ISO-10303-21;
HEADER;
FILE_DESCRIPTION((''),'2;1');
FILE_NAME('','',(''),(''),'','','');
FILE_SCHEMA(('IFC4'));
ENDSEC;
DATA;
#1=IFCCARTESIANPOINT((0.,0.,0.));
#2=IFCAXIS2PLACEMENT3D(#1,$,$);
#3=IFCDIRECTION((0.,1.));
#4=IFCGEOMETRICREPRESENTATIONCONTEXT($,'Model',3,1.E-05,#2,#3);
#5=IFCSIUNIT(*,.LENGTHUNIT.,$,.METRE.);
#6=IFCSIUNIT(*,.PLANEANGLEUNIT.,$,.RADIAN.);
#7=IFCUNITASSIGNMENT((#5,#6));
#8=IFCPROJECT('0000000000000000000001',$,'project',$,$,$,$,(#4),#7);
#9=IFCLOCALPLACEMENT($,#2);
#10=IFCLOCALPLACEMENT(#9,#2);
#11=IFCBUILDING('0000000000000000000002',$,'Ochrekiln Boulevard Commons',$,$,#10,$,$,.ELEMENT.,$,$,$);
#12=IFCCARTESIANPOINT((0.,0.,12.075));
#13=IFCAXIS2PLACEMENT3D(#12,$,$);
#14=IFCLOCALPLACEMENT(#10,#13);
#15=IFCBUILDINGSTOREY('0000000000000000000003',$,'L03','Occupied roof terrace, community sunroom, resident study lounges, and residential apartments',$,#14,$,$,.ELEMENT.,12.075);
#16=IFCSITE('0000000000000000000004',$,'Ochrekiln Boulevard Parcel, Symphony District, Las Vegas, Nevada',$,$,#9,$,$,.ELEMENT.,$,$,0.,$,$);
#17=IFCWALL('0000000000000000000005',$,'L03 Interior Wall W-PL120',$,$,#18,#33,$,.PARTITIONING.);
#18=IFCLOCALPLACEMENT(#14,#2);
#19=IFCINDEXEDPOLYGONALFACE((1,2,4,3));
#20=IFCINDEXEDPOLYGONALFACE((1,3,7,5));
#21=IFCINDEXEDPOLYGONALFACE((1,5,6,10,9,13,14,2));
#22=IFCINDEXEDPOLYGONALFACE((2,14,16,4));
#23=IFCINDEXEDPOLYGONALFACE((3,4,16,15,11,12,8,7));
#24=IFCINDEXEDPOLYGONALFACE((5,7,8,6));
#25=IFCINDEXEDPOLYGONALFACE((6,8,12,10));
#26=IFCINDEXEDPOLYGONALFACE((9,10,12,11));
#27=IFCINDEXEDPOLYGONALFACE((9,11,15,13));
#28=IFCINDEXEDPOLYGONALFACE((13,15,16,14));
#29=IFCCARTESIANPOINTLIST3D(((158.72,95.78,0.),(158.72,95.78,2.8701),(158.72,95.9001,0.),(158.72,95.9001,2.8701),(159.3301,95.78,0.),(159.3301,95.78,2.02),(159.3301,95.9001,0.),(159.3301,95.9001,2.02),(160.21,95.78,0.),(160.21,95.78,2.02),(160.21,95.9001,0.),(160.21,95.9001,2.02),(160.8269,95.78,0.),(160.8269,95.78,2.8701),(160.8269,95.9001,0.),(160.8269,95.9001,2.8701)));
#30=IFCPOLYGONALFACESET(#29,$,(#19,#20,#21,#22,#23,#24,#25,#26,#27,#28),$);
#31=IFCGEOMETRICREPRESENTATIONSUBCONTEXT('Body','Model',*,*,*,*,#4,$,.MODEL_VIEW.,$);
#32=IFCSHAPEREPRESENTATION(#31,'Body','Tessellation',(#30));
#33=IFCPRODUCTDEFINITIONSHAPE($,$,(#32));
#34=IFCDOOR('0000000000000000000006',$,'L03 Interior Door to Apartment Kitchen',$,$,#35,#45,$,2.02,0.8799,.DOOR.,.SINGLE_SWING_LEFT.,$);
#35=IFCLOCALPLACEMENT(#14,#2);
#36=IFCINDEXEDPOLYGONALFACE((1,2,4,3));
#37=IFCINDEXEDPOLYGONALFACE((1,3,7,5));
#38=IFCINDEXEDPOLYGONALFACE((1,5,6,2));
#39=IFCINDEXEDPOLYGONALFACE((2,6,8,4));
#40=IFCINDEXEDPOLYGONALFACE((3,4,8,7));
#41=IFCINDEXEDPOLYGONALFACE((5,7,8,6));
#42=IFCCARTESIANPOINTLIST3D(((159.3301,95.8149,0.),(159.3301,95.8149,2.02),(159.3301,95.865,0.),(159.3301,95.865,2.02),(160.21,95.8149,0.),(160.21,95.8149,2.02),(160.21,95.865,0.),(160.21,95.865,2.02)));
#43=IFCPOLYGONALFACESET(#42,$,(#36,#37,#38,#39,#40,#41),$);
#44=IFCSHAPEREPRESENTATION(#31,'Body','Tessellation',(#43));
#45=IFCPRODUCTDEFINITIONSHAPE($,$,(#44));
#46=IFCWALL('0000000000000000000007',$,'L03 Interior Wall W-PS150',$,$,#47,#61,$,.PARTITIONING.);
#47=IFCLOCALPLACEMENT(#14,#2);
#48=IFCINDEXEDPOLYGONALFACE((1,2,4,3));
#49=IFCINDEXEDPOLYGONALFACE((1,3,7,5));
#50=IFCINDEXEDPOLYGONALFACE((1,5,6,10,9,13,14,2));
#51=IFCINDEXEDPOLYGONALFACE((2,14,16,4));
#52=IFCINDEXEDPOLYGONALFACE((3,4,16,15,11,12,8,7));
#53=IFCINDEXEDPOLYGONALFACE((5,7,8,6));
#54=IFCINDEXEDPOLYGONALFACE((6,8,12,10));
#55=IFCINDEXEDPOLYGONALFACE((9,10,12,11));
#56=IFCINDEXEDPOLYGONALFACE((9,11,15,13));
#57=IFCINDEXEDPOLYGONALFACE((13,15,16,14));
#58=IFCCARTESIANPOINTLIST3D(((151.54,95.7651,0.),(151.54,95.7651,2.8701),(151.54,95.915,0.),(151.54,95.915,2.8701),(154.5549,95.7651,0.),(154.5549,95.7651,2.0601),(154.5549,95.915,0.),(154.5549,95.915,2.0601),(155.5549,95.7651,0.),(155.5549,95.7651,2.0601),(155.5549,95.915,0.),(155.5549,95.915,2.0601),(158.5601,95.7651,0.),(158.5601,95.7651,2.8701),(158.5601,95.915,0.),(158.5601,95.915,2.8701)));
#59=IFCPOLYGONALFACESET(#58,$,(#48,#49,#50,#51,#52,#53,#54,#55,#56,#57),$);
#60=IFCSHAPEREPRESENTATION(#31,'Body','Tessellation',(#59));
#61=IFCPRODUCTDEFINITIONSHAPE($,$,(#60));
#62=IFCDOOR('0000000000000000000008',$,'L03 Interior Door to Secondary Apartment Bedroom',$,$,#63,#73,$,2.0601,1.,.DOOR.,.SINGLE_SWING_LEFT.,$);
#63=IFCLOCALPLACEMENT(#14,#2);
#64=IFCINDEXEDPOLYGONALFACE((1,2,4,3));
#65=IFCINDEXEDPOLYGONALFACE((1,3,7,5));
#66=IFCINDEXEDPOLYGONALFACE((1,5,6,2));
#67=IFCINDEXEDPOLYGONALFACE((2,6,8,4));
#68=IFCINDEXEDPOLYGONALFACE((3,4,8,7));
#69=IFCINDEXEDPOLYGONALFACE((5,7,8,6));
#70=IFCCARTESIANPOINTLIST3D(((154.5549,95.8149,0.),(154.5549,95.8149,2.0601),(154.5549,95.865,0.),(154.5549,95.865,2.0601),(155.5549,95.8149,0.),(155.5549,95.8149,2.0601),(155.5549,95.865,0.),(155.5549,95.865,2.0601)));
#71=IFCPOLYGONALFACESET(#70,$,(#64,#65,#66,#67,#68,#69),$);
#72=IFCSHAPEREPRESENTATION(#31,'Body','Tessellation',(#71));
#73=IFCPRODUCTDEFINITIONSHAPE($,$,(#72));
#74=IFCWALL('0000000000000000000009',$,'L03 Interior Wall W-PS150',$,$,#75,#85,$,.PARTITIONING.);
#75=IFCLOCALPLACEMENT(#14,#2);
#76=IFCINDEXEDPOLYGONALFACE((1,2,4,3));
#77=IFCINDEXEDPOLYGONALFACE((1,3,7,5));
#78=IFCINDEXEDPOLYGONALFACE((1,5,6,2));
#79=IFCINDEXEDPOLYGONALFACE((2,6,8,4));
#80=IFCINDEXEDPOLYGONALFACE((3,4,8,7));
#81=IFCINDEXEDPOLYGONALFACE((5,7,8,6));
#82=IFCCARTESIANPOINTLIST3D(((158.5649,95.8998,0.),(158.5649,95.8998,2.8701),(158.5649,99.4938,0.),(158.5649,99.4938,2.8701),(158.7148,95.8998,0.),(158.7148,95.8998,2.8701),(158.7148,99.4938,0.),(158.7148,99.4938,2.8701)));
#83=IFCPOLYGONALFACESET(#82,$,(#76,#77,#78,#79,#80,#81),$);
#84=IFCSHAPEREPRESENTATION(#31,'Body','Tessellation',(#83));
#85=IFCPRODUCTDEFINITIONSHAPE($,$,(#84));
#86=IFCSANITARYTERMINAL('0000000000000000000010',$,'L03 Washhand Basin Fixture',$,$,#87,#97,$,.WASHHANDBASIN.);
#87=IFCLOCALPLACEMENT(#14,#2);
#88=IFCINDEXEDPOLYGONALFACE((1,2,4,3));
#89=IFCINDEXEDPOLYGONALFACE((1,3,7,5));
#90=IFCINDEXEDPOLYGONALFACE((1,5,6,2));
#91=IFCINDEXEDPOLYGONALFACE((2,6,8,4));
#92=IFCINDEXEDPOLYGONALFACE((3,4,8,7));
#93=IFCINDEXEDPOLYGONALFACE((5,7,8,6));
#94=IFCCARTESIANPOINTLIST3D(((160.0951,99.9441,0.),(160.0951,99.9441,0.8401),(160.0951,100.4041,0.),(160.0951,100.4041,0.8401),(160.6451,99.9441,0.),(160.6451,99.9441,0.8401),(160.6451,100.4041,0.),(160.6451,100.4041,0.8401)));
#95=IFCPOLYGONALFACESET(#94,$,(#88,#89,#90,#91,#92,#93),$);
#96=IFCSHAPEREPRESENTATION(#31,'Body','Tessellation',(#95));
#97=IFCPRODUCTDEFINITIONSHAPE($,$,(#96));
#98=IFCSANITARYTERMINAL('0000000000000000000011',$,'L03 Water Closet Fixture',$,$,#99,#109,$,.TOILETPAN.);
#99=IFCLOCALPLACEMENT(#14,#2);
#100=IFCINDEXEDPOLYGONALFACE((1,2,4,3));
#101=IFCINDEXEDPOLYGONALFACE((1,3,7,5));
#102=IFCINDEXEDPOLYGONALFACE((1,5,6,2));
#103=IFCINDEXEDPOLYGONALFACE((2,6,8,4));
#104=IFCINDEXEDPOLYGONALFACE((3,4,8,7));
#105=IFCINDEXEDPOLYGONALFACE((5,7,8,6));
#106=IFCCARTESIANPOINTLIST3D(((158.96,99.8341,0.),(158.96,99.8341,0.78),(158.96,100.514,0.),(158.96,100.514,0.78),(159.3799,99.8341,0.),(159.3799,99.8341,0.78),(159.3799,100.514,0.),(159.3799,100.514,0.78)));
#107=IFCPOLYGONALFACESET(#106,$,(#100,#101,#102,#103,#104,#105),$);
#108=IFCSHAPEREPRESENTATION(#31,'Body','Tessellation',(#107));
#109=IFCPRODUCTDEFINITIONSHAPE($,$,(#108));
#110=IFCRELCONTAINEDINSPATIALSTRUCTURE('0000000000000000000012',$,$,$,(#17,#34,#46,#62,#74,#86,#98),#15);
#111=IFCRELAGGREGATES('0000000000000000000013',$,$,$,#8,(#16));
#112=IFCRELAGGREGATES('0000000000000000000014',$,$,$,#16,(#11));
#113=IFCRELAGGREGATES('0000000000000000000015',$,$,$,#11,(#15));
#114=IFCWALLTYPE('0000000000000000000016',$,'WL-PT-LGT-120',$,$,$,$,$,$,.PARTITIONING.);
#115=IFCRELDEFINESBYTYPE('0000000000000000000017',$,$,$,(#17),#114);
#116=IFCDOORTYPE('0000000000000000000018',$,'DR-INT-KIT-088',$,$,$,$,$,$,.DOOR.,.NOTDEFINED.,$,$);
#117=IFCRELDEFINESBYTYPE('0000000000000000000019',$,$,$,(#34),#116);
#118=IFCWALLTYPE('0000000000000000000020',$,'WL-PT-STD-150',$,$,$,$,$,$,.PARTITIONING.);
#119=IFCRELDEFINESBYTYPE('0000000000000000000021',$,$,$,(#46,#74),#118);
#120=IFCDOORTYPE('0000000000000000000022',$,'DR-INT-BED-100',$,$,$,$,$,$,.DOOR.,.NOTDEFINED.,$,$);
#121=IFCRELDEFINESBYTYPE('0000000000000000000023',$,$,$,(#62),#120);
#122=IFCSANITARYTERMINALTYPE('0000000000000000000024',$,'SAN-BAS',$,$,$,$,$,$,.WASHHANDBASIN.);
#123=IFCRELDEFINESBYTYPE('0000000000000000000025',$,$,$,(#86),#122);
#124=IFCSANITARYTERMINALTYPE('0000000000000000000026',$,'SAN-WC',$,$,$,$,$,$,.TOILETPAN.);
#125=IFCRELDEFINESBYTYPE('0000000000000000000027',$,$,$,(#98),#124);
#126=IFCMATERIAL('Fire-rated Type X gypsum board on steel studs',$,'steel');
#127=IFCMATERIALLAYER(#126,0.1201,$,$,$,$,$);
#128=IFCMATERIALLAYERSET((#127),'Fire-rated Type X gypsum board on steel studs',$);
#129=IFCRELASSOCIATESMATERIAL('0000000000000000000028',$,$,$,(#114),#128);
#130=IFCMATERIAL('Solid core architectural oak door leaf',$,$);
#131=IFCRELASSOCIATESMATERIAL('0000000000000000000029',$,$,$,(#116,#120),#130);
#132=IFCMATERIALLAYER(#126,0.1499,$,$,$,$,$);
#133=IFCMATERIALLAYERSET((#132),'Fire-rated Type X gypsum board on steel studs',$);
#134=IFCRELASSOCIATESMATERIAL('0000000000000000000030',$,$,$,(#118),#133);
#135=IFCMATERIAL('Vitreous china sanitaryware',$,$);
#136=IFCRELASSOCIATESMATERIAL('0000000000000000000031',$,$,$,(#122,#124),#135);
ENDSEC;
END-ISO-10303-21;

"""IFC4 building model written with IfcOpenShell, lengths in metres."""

from ifc_helpers import new_model, si_unit, direction, frame, frame_2d, origin, origin_2d, place, context, subcontext, project, spatial, rectangle, extrude, material, layer, layer_set, type_object, element, fill, save


model = new_model("IFC4")

# Units and contexts
model_context = context("Model", 3, precision=1e-05, world=origin(), true_north=direction((0.0, 1.0)))
body_context = subcontext(model_context, "Body", "Model", "MODEL_VIEW")
ifc_project = project(units=[si_unit("LENGTHUNIT", "METRE"), si_unit("PLANEANGLEUNIT", "RADIAN")], contexts=[model_context])

# Site, building, storey
site_placement = place(None, origin())
site = spatial("IfcSite", under=ifc_project, at=site_placement, Name="Ochrekiln Boulevard Parcel, Symphony District, Las Vegas, Nevada", CompositionType="ELEMENT", RefElevation=0.0)
building_placement = place(site_placement, origin())
building = spatial("IfcBuilding", under=site, at=building_placement, Name="Ochrekiln Boulevard Commons", CompositionType="ELEMENT")
storey_placement = place(building_placement, frame((0.0, 0.0, 12.075)))
storey = spatial("IfcBuildingStorey", under=building, at=storey_placement, Name="L03", Description="Occupied roof terrace, community sunroom, resident study lounges, and residential apartments", CompositionType="ELEMENT", Elevation=12.075)

# Shared definitions
ifc_material_1 = material(Name="Fire-rated Type X gypsum board on steel studs", Category="steel")

# Walls, openings, doors
ifc_layer_1 = layer(ifc_material_1, 0.1201)
ifc_layer_set_1 = layer_set([ifc_layer_1], Name="Fire-rated Type X gypsum board on steel studs")
wall_type_1 = type_object("IfcWallType", Name="WL-PT-LGT-120", PredefinedType="PARTITIONING", material=ifc_layer_set_1)
wall_1_placement = place(storey_placement, frame((158.72, 95.8401, 0.0), z_axis=(0.0, 0.0, 1.0), x_axis=(1.0, 0.0, 0.0)))
wall_1 = element("IfcWall", 1, at=wall_1_placement, inside=storey, type_object=wall_type_1, Name="L03 Interior Wall W-PL120", PredefinedType="PARTITIONING", context=body_context, shape_type="SweptSolid", body=[
    extrude(rectangle(XDim=2.1069, YDim=0.1201, at=frame_2d((1.0535, 0.0))), origin(), (0.0, 0.0, 1.0), 2.8701),
])
opening_1_placement = place(wall_1_placement, frame((0.6101, 0.0, 0.0)))
opening_1 = element("IfcOpeningElement", 2, at=opening_1_placement, cuts=wall_1, PredefinedType="OPENING", context=body_context, shape_type="SweptSolid", body=[
    extrude(rectangle(XDim=0.8799, YDim=2.02, at=frame_2d((0.4399, 1.01))), frame((0.0, 0.0701, 0.0), z_axis=(0.0, -1.0, 0.0), x_axis=(1.0, 0.0, 0.0)), (0.0, 0.0, 1.0), 0.1401),
])
ifc_material_2 = material(Name="Solid core architectural oak door leaf")
door_type_1 = type_object("IfcDoorType", Name="DR-INT-KIT-088", OperationType="NOTDEFINED", PredefinedType="DOOR", material=ifc_material_2)
door_1_placement = place(opening_1_placement, origin())
door_1 = element("IfcDoor", 3, at=door_1_placement, inside=storey, type_object=door_type_1, Name="L03 Interior Door to Apartment Kitchen", OperationType="SINGLE_SWING_LEFT", OverallHeight=2.02, OverallWidth=0.8799, PredefinedType="DOOR", context=body_context, shape_type="SweptSolid", body=[
    extrude(rectangle(XDim=0.8799, YDim=2.02, at=frame_2d((0.4399, 1.01))), frame((0.0, 0.0249, 0.0), z_axis=(0.0, -1.0, 0.0), x_axis=(1.0, 0.0, 0.0)), (0.0, 0.0, 1.0), 0.05),
])
fill(opening_1, door_1)
ifc_layer_2 = layer(ifc_material_1, 0.1499)
ifc_layer_set_2 = layer_set([ifc_layer_2], Name="Fire-rated Type X gypsum board on steel studs")
wall_type_2 = type_object("IfcWallType", Name="WL-PT-STD-150", PredefinedType="PARTITIONING", material=ifc_layer_set_2)
wall_2_placement = place(storey_placement, frame((151.54, 95.8401, 0.0), z_axis=(0.0, 0.0, 1.0), x_axis=(1.0, 0.0, 0.0)))
wall_2 = element("IfcWall", 4, at=wall_2_placement, inside=storey, type_object=wall_type_2, Name="L03 Interior Wall W-PS150", PredefinedType="PARTITIONING", context=body_context, shape_type="SweptSolid", body=[
    extrude(rectangle(XDim=7.02, YDim=0.1499, at=frame_2d((3.51, 0.0))), origin(), (0.0, 0.0, 1.0), 2.8701),
])
opening_2_placement = place(wall_2_placement, frame((3.0149, 0.0, 0.0)))
opening_2 = element("IfcOpeningElement", 5, at=opening_2_placement, cuts=wall_2, PredefinedType="OPENING", context=body_context, shape_type="SweptSolid", body=[
    extrude(rectangle(XDim=1.0, YDim=2.0601, at=frame_2d((0.5, 1.03))), frame((0.0, 0.085, 0.0), z_axis=(0.0, -1.0, 0.0), x_axis=(1.0, 0.0, 0.0)), (0.0, 0.0, 1.0), 0.1699),
])
door_type_2 = type_object("IfcDoorType", Name="DR-INT-BED-100", OperationType="NOTDEFINED", PredefinedType="DOOR", material=ifc_material_2)
door_2_placement = place(opening_2_placement, origin())
door_2 = element("IfcDoor", 6, at=door_2_placement, inside=storey, type_object=door_type_2, Name="L03 Interior Door to Secondary Apartment Bedroom", OperationType="SINGLE_SWING_LEFT", OverallHeight=2.0601, OverallWidth=1.0, PredefinedType="DOOR", context=body_context, shape_type="SweptSolid", body=[
    extrude(rectangle(XDim=1.0, YDim=2.0601, at=frame_2d((0.5, 1.03))), frame((0.0, 0.0249, 0.0), z_axis=(0.0, -1.0, 0.0), x_axis=(1.0, 0.0, 0.0)), (0.0, 0.0, 1.0), 0.05),
])
fill(opening_2, door_2)

# Wall
wall_3_placement = place(storey_placement, frame((158.6399, 95.8999, 0.0), z_axis=(0.0, 0.0, 1.0), x_axis=(0.0, 1.0, 0.0)))
element("IfcWall", 7, at=wall_3_placement, inside=storey, type_object=wall_type_2, Name="L03 Interior Wall W-PS150", PredefinedType="PARTITIONING", context=body_context, shape_type="SweptSolid", body=[
    extrude(rectangle(XDim=3.594, YDim=0.1499, at=frame_2d((1.7969, 0.0))), origin(), (0.0, 0.0, 1.0), 2.8701),
])

# Sanitary terminals
ifc_material_3 = material(Name="Vitreous china sanitaryware")
sanitary_terminal_type_1 = type_object("IfcSanitaryTerminalType", Name="SAN-BAS", PredefinedType="WASHHANDBASIN", material=ifc_material_3)
sanitary_terminal_1_placement = place(storey_placement, frame((160.3701, 100.1741, 0.0), z_axis=(0.0, 0.0, 1.0), x_axis=(1.0, 0.0, 0.0)))
element("IfcSanitaryTerminal", 8, at=sanitary_terminal_1_placement, inside=storey, type_object=sanitary_terminal_type_1, Name="L03 Washhand Basin Fixture", PredefinedType="WASHHANDBASIN", context=body_context, shape_type="SweptSolid", body=[
    extrude(rectangle(XDim=0.55, YDim=0.46, at=origin_2d()), origin(), (0.0, 0.0, 1.0), 0.8401),
])
sanitary_terminal_type_2 = type_object("IfcSanitaryTerminalType", Name="SAN-WC", PredefinedType="TOILETPAN", material=ifc_material_3)
sanitary_terminal_2_placement = place(storey_placement, frame((159.1699, 100.1741, 0.0), z_axis=(0.0, 0.0, 1.0), x_axis=(1.0, 0.0, 0.0)))
element("IfcSanitaryTerminal", 9, at=sanitary_terminal_2_placement, inside=storey, type_object=sanitary_terminal_type_2, Name="L03 Water Closet Fixture", PredefinedType="TOILETPAN", context=body_context, shape_type="SweptSolid", body=[
    extrude(rectangle(XDim=0.4199, YDim=0.6799, at=origin_2d()), origin(), (0.0, 0.0, 1.0), 0.78),
])

save(model, "model.ifc")
